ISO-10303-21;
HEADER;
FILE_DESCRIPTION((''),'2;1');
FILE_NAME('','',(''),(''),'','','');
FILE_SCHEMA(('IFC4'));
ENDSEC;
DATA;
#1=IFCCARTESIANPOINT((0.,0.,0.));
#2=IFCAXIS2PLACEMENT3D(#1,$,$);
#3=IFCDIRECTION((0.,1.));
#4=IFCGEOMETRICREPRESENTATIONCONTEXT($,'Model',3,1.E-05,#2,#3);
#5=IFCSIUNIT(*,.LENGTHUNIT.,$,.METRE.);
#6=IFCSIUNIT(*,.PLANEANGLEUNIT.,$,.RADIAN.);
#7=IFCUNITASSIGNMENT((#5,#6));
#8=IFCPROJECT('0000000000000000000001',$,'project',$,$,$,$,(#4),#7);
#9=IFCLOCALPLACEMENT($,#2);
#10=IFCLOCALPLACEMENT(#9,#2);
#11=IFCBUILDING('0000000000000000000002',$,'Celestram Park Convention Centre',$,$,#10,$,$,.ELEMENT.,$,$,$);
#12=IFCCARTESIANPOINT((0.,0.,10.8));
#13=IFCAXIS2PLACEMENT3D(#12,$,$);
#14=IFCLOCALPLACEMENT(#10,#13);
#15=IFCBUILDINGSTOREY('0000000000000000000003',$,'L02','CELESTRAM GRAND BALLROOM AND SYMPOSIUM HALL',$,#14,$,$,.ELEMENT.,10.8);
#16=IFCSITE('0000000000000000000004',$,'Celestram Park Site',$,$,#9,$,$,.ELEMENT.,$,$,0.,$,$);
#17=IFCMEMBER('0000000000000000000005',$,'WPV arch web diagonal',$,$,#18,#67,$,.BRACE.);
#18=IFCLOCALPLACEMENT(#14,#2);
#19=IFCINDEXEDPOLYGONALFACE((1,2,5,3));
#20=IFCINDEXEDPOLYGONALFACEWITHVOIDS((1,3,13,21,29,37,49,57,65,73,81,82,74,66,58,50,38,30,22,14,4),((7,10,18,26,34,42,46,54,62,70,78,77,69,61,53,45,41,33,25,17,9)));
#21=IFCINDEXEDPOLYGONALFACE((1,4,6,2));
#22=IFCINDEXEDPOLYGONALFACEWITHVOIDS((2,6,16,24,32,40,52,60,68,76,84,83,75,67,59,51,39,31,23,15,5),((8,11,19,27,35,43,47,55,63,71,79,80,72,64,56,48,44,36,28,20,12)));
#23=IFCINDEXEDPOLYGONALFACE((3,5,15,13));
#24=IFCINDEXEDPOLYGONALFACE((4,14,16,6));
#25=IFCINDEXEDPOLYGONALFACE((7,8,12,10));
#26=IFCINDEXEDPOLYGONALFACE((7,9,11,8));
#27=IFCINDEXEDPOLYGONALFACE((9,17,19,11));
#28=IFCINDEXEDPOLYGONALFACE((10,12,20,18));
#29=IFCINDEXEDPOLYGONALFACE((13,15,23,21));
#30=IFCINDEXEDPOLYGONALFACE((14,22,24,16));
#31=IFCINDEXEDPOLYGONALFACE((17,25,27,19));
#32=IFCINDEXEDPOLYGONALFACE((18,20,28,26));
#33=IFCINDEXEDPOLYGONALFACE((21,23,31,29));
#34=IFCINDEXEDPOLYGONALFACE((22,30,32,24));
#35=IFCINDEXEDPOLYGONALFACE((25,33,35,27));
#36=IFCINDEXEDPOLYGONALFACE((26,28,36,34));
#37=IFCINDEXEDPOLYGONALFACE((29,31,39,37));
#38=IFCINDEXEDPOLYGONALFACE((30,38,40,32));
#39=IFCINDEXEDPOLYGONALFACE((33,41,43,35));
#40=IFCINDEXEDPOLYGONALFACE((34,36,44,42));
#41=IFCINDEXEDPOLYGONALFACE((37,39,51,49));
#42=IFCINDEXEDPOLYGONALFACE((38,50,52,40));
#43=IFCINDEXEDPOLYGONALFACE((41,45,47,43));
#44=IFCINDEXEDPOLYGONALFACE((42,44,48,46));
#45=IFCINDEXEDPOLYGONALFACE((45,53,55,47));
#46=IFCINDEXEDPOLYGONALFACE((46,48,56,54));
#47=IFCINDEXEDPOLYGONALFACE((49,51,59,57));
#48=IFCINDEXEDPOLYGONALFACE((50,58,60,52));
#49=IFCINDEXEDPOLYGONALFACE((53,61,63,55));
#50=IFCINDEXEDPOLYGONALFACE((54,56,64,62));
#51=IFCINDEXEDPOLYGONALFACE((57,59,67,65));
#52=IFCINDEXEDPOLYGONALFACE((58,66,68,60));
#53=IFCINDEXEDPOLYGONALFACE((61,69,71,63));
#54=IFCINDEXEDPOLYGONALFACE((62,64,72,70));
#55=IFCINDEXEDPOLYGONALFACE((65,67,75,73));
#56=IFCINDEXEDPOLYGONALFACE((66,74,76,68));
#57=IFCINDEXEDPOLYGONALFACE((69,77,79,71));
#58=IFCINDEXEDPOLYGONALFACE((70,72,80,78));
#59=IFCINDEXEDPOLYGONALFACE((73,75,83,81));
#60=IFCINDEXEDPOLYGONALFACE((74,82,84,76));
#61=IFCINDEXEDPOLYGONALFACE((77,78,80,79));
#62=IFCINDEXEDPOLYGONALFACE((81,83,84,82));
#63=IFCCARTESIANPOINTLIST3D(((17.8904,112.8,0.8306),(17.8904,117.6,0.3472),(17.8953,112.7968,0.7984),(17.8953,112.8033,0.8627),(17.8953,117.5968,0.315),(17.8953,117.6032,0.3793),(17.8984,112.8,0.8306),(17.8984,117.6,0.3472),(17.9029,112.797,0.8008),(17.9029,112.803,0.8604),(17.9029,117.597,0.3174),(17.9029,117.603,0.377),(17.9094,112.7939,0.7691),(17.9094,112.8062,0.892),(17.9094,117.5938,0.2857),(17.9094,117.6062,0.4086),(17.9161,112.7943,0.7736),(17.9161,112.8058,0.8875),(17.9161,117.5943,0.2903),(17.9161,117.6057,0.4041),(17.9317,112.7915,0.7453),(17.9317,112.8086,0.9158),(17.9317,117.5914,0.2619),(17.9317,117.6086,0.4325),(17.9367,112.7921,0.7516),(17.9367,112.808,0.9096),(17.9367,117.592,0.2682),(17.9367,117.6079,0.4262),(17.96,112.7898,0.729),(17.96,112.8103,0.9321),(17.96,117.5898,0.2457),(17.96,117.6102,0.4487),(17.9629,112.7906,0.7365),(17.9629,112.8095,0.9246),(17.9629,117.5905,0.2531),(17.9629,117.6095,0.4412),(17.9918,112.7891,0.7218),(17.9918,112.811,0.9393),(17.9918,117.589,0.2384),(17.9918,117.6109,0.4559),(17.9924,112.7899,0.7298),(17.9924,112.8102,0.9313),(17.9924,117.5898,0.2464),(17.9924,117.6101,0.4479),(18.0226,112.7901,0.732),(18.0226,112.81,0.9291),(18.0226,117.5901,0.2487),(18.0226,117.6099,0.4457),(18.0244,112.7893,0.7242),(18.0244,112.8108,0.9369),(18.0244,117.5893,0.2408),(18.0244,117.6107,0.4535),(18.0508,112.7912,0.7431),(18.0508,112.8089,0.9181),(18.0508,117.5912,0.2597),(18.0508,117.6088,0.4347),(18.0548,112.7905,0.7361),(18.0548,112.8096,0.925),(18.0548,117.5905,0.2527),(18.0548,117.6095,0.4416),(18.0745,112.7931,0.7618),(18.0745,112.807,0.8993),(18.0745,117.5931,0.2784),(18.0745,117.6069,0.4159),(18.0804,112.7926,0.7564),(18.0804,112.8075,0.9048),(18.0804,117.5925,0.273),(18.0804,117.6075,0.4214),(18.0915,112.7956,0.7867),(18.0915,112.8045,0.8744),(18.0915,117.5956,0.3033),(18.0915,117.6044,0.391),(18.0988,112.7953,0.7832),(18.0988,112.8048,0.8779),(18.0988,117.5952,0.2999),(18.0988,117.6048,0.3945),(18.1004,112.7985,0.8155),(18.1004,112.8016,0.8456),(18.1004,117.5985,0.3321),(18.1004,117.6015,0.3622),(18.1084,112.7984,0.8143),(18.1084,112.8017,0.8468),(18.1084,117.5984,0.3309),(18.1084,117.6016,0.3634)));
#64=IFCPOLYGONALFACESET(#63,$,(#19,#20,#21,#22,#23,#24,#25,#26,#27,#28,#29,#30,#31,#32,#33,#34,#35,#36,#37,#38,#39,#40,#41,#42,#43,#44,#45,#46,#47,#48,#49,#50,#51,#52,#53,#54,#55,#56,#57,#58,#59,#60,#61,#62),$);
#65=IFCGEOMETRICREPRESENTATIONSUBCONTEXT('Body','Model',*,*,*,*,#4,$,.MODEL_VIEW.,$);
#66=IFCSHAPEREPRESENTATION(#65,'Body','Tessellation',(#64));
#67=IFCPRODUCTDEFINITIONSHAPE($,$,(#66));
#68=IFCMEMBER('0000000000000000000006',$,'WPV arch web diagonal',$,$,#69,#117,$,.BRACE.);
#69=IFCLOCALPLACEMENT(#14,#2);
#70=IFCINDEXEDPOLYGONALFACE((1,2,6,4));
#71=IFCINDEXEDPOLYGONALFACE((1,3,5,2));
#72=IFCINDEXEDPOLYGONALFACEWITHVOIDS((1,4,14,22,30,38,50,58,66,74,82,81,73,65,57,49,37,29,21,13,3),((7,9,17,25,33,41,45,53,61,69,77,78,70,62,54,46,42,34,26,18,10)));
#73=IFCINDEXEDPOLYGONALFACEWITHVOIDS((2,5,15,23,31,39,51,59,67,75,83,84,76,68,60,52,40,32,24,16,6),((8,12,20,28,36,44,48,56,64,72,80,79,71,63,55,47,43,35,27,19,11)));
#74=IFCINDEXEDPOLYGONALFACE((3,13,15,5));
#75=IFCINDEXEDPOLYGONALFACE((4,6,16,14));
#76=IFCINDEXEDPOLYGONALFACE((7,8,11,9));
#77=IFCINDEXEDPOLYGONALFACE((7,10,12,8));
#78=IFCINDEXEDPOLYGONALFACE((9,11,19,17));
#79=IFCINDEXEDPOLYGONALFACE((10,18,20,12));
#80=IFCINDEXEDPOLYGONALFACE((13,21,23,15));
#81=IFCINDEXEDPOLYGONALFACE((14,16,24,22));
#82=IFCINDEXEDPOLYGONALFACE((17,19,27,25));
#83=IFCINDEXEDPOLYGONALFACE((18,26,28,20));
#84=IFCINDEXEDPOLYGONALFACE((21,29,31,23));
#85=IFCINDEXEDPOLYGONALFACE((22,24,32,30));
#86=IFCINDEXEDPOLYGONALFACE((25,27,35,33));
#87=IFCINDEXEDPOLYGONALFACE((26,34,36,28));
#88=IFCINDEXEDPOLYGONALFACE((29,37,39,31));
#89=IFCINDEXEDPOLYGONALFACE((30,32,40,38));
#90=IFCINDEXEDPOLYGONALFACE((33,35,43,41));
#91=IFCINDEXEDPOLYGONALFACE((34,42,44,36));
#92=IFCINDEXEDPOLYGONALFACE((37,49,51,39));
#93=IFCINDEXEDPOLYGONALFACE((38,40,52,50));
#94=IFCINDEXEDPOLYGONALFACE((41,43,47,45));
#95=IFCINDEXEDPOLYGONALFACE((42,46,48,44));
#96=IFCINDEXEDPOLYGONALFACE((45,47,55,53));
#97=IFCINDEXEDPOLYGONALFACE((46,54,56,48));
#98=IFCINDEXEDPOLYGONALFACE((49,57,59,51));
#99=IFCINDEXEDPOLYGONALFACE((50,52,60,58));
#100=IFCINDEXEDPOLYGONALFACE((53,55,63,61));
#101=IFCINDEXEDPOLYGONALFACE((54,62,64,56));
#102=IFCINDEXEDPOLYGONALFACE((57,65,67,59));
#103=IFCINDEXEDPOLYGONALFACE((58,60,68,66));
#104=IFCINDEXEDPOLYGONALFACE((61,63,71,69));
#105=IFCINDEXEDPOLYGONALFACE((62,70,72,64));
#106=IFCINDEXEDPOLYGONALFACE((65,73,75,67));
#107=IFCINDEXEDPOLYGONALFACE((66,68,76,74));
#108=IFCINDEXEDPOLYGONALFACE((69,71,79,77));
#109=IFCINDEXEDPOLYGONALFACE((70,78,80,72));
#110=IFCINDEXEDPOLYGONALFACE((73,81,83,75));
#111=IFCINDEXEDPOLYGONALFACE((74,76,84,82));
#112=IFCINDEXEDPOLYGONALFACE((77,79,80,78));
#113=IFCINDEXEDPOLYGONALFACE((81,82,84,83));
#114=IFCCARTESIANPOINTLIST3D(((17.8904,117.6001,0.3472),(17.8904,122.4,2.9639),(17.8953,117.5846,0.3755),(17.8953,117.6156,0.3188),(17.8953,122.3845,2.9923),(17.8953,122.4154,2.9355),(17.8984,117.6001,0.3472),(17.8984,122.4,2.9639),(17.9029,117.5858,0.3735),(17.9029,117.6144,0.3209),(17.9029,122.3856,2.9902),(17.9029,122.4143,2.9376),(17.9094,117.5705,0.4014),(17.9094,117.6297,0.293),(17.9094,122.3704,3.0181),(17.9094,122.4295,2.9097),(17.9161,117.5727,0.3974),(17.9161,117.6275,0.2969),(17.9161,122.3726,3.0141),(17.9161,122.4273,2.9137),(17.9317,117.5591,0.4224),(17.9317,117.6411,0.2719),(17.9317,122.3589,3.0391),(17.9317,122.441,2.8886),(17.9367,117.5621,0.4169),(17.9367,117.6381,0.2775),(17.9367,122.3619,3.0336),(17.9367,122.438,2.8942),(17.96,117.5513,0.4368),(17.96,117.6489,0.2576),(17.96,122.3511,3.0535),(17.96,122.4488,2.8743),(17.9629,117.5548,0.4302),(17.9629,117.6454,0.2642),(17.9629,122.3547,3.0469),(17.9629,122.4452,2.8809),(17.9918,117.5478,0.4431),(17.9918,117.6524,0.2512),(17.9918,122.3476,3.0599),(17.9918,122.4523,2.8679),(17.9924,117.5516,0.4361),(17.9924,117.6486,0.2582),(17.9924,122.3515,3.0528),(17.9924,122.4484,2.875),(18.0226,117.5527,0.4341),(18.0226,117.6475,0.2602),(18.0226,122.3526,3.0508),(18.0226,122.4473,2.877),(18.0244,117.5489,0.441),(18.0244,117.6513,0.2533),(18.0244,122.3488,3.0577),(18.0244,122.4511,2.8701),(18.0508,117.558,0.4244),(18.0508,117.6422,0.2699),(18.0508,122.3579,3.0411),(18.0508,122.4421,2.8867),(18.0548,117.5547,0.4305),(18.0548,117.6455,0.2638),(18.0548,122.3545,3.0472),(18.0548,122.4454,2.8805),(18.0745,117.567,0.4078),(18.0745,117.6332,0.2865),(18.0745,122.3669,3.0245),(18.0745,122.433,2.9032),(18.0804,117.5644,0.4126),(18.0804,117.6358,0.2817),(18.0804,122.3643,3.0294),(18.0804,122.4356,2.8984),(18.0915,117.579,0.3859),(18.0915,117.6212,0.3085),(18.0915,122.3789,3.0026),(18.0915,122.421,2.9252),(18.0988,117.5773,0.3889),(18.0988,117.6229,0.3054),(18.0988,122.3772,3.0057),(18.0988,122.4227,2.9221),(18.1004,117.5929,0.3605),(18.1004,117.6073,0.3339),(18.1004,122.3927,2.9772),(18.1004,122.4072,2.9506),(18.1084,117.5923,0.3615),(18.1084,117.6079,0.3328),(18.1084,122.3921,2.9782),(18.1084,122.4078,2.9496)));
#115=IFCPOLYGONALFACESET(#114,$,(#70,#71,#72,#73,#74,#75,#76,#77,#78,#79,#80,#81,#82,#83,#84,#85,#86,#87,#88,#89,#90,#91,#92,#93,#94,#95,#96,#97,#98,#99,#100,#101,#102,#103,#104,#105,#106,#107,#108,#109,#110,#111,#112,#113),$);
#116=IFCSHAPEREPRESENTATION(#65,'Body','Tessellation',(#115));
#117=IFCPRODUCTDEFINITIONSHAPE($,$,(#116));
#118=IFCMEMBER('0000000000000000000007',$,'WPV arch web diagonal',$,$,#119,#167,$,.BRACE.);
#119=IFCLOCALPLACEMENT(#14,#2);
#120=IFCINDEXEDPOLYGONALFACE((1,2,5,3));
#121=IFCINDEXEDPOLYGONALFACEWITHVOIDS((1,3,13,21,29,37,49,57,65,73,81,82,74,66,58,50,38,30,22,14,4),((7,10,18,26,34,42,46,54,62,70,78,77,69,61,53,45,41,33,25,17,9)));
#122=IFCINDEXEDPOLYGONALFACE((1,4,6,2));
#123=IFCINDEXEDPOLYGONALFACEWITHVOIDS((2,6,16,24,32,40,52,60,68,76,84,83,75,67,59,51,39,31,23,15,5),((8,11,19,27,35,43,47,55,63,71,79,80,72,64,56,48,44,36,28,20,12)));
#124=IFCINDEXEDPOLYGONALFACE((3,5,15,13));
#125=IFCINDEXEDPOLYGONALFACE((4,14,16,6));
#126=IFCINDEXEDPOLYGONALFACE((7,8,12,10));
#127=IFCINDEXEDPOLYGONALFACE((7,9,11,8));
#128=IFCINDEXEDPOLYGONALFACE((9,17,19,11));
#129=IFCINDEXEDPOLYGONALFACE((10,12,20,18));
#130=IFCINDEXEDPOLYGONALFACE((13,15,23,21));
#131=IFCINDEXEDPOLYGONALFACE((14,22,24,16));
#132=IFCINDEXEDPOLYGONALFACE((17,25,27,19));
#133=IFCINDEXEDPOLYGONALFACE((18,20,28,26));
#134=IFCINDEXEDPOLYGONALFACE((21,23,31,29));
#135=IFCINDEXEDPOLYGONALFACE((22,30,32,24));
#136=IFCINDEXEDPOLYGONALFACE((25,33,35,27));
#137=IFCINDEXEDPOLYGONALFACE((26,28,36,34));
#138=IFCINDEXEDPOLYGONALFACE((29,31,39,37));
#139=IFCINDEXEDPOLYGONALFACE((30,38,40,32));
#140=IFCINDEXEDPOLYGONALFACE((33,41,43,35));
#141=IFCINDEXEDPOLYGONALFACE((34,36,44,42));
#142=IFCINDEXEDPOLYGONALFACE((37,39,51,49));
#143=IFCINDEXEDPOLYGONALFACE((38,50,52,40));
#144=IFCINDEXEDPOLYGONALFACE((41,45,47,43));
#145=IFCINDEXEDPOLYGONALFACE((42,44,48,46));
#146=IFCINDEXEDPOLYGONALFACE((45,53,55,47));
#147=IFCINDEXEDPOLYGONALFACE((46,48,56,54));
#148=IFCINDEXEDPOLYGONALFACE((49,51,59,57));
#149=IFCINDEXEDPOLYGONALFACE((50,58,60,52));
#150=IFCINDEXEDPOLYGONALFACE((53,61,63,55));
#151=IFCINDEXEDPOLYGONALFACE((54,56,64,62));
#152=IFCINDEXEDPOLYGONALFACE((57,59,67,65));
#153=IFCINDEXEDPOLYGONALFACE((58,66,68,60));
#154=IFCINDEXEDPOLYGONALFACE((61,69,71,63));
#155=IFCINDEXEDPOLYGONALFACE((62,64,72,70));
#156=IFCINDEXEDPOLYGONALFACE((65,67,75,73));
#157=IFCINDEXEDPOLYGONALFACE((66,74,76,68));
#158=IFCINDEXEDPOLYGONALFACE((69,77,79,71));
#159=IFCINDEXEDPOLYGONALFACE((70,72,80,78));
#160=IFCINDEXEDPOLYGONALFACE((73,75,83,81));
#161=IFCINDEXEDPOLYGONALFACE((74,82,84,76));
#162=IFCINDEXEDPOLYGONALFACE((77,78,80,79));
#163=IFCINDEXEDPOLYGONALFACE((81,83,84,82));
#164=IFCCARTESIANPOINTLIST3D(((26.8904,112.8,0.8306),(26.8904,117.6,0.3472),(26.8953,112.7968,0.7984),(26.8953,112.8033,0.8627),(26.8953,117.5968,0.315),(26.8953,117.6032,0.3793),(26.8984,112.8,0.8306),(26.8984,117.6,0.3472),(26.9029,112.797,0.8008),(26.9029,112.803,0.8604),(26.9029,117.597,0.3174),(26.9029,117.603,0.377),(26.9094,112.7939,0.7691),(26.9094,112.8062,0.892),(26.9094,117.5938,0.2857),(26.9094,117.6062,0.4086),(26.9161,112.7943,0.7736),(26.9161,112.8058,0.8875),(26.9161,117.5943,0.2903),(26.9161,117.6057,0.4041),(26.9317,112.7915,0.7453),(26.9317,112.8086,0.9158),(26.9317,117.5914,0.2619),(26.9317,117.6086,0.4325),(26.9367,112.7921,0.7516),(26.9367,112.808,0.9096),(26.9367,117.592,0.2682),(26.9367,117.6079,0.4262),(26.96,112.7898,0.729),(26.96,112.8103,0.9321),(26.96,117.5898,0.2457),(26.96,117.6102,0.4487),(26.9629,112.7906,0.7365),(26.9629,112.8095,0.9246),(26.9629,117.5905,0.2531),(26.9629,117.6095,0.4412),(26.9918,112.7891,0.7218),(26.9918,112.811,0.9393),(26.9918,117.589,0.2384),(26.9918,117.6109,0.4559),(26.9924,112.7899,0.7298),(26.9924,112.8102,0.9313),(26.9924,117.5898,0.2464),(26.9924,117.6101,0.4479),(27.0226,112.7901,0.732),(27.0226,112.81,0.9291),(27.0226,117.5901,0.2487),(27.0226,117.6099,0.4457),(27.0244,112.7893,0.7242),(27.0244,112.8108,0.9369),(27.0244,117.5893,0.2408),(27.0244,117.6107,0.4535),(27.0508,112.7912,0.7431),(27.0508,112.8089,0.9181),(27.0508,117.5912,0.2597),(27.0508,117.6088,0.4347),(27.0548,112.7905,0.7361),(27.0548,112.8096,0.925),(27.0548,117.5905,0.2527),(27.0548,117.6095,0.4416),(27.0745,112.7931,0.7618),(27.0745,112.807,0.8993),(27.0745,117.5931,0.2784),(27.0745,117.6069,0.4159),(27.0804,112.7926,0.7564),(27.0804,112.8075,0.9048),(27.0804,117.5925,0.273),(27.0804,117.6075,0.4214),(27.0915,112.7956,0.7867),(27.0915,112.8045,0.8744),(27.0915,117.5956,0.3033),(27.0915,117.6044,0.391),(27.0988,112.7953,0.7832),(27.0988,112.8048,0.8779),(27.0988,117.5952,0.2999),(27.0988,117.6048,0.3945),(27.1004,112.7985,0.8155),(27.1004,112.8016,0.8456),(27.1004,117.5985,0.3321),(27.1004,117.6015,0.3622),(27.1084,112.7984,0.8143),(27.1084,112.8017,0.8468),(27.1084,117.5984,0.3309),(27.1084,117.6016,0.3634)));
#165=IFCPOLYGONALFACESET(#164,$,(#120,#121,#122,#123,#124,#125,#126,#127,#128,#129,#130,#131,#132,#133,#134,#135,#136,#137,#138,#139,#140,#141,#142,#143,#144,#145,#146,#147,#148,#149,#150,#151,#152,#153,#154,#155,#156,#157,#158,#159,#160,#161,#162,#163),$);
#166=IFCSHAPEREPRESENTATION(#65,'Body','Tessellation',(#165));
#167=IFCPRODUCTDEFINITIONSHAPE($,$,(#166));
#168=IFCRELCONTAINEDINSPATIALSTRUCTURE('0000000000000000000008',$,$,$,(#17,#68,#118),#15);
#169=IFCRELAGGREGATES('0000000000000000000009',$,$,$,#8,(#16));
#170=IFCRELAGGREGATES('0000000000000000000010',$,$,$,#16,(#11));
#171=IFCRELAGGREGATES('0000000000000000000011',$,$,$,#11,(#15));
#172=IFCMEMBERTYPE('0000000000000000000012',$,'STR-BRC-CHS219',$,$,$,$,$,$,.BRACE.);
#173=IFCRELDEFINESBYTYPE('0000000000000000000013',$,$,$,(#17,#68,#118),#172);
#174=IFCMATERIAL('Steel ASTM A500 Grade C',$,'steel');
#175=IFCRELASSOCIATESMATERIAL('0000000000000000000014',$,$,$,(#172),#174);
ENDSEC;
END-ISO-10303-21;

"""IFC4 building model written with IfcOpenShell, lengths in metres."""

from ifc_helpers import new_model, si_unit, direction, frame, origin, origin_2d, place, context, subcontext, project, spatial, hollow_circle, extrude, material, material_profile, profile_set, type_object, element, save


model = new_model("IFC4")

# Units and contexts
model_context = context("Model", 3, precision=1e-05, world=origin(), true_north=direction((0.0, 1.0)))
body_context = subcontext(model_context, "Body", "Model", "MODEL_VIEW")
ifc_project = project(units=[si_unit("LENGTHUNIT", "METRE"), si_unit("PLANEANGLEUNIT", "RADIAN")], contexts=[model_context])

# Site, building, storey
site_placement = place(None, origin())
site = spatial("IfcSite", under=ifc_project, at=site_placement, Name="Celestram Park Site", CompositionType="ELEMENT", RefElevation=0.0)
building_placement = place(site_placement, origin())
building = spatial("IfcBuilding", under=site, at=building_placement, Name="Celestram Park Convention Centre", CompositionType="ELEMENT")
storey_placement = place(building_placement, frame((0.0, 0.0, 10.8)))
storey = spatial("IfcBuildingStorey", under=building, at=storey_placement, Name="L02", Description="CELESTRAM GRAND BALLROOM AND SYMPOSIUM HALL", CompositionType="ELEMENT", Elevation=10.8)

# Members
ifc_material_1 = material(Name="Steel ASTM A500 Grade C", Category="steel")
ifc_material_profile_1 = material_profile(ifc_material_1, hollow_circle(Radius=0.1096, WallThickness=0.0081, at=origin_2d()), Name="CHS219X8")
ifc_profile_set_1 = profile_set([ifc_material_profile_1], Name="Steel ASTM A500 Grade C")
member_type_1 = type_object("IfcMemberType", Name="STR-BRC-CHS219", PredefinedType="BRACE", material=ifc_profile_set_1)
member_1_placement = place(storey_placement, frame((18.0, 112.8, 0.8306), z_axis=(0.0, 0.994967, -0.1002), x_axis=(-1.0, 0.0, 0.0)))
element("IfcMember", 1, at=member_1_placement, inside=storey, type_object=member_type_1, Name="WPV arch web diagonal", PredefinedType="BRACE", context=body_context, shape_type="SweptSolid", body=[
    extrude(hollow_circle(Radius=0.1096, WallThickness=0.0081, at=origin_2d()), origin(), (0.0, 0.0, 1.0), 4.8242),
])
member_2_placement = place(storey_placement, frame((18.0, 117.6001, 0.3472), z_axis=(0.0, 0.878001, 0.478658), x_axis=(-1.0, 0.0, 0.0)))
element("IfcMember", 2, at=member_2_placement, inside=storey, type_object=member_type_1, Name="WPV arch web diagonal", PredefinedType="BRACE", context=body_context, shape_type="SweptSolid", body=[
    extrude(hollow_circle(Radius=0.1096, WallThickness=0.0081, at=origin_2d()), origin(), (0.0, 0.0, 1.0), 5.4668),
])
member_3_placement = place(storey_placement, frame((27.0, 112.8, 0.8306), z_axis=(0.0, 0.994967, -0.1002), x_axis=(-1.0, 0.0, 0.0)))
element("IfcMember", 3, at=member_3_placement, inside=storey, type_object=member_type_1, Name="WPV arch web diagonal", PredefinedType="BRACE", context=body_context, shape_type="SweptSolid", body=[
    extrude(hollow_circle(Radius=0.1096, WallThickness=0.0081, at=origin_2d()), origin(), (0.0, 0.0, 1.0), 4.8242),
])

save(model, "model.ifc")
